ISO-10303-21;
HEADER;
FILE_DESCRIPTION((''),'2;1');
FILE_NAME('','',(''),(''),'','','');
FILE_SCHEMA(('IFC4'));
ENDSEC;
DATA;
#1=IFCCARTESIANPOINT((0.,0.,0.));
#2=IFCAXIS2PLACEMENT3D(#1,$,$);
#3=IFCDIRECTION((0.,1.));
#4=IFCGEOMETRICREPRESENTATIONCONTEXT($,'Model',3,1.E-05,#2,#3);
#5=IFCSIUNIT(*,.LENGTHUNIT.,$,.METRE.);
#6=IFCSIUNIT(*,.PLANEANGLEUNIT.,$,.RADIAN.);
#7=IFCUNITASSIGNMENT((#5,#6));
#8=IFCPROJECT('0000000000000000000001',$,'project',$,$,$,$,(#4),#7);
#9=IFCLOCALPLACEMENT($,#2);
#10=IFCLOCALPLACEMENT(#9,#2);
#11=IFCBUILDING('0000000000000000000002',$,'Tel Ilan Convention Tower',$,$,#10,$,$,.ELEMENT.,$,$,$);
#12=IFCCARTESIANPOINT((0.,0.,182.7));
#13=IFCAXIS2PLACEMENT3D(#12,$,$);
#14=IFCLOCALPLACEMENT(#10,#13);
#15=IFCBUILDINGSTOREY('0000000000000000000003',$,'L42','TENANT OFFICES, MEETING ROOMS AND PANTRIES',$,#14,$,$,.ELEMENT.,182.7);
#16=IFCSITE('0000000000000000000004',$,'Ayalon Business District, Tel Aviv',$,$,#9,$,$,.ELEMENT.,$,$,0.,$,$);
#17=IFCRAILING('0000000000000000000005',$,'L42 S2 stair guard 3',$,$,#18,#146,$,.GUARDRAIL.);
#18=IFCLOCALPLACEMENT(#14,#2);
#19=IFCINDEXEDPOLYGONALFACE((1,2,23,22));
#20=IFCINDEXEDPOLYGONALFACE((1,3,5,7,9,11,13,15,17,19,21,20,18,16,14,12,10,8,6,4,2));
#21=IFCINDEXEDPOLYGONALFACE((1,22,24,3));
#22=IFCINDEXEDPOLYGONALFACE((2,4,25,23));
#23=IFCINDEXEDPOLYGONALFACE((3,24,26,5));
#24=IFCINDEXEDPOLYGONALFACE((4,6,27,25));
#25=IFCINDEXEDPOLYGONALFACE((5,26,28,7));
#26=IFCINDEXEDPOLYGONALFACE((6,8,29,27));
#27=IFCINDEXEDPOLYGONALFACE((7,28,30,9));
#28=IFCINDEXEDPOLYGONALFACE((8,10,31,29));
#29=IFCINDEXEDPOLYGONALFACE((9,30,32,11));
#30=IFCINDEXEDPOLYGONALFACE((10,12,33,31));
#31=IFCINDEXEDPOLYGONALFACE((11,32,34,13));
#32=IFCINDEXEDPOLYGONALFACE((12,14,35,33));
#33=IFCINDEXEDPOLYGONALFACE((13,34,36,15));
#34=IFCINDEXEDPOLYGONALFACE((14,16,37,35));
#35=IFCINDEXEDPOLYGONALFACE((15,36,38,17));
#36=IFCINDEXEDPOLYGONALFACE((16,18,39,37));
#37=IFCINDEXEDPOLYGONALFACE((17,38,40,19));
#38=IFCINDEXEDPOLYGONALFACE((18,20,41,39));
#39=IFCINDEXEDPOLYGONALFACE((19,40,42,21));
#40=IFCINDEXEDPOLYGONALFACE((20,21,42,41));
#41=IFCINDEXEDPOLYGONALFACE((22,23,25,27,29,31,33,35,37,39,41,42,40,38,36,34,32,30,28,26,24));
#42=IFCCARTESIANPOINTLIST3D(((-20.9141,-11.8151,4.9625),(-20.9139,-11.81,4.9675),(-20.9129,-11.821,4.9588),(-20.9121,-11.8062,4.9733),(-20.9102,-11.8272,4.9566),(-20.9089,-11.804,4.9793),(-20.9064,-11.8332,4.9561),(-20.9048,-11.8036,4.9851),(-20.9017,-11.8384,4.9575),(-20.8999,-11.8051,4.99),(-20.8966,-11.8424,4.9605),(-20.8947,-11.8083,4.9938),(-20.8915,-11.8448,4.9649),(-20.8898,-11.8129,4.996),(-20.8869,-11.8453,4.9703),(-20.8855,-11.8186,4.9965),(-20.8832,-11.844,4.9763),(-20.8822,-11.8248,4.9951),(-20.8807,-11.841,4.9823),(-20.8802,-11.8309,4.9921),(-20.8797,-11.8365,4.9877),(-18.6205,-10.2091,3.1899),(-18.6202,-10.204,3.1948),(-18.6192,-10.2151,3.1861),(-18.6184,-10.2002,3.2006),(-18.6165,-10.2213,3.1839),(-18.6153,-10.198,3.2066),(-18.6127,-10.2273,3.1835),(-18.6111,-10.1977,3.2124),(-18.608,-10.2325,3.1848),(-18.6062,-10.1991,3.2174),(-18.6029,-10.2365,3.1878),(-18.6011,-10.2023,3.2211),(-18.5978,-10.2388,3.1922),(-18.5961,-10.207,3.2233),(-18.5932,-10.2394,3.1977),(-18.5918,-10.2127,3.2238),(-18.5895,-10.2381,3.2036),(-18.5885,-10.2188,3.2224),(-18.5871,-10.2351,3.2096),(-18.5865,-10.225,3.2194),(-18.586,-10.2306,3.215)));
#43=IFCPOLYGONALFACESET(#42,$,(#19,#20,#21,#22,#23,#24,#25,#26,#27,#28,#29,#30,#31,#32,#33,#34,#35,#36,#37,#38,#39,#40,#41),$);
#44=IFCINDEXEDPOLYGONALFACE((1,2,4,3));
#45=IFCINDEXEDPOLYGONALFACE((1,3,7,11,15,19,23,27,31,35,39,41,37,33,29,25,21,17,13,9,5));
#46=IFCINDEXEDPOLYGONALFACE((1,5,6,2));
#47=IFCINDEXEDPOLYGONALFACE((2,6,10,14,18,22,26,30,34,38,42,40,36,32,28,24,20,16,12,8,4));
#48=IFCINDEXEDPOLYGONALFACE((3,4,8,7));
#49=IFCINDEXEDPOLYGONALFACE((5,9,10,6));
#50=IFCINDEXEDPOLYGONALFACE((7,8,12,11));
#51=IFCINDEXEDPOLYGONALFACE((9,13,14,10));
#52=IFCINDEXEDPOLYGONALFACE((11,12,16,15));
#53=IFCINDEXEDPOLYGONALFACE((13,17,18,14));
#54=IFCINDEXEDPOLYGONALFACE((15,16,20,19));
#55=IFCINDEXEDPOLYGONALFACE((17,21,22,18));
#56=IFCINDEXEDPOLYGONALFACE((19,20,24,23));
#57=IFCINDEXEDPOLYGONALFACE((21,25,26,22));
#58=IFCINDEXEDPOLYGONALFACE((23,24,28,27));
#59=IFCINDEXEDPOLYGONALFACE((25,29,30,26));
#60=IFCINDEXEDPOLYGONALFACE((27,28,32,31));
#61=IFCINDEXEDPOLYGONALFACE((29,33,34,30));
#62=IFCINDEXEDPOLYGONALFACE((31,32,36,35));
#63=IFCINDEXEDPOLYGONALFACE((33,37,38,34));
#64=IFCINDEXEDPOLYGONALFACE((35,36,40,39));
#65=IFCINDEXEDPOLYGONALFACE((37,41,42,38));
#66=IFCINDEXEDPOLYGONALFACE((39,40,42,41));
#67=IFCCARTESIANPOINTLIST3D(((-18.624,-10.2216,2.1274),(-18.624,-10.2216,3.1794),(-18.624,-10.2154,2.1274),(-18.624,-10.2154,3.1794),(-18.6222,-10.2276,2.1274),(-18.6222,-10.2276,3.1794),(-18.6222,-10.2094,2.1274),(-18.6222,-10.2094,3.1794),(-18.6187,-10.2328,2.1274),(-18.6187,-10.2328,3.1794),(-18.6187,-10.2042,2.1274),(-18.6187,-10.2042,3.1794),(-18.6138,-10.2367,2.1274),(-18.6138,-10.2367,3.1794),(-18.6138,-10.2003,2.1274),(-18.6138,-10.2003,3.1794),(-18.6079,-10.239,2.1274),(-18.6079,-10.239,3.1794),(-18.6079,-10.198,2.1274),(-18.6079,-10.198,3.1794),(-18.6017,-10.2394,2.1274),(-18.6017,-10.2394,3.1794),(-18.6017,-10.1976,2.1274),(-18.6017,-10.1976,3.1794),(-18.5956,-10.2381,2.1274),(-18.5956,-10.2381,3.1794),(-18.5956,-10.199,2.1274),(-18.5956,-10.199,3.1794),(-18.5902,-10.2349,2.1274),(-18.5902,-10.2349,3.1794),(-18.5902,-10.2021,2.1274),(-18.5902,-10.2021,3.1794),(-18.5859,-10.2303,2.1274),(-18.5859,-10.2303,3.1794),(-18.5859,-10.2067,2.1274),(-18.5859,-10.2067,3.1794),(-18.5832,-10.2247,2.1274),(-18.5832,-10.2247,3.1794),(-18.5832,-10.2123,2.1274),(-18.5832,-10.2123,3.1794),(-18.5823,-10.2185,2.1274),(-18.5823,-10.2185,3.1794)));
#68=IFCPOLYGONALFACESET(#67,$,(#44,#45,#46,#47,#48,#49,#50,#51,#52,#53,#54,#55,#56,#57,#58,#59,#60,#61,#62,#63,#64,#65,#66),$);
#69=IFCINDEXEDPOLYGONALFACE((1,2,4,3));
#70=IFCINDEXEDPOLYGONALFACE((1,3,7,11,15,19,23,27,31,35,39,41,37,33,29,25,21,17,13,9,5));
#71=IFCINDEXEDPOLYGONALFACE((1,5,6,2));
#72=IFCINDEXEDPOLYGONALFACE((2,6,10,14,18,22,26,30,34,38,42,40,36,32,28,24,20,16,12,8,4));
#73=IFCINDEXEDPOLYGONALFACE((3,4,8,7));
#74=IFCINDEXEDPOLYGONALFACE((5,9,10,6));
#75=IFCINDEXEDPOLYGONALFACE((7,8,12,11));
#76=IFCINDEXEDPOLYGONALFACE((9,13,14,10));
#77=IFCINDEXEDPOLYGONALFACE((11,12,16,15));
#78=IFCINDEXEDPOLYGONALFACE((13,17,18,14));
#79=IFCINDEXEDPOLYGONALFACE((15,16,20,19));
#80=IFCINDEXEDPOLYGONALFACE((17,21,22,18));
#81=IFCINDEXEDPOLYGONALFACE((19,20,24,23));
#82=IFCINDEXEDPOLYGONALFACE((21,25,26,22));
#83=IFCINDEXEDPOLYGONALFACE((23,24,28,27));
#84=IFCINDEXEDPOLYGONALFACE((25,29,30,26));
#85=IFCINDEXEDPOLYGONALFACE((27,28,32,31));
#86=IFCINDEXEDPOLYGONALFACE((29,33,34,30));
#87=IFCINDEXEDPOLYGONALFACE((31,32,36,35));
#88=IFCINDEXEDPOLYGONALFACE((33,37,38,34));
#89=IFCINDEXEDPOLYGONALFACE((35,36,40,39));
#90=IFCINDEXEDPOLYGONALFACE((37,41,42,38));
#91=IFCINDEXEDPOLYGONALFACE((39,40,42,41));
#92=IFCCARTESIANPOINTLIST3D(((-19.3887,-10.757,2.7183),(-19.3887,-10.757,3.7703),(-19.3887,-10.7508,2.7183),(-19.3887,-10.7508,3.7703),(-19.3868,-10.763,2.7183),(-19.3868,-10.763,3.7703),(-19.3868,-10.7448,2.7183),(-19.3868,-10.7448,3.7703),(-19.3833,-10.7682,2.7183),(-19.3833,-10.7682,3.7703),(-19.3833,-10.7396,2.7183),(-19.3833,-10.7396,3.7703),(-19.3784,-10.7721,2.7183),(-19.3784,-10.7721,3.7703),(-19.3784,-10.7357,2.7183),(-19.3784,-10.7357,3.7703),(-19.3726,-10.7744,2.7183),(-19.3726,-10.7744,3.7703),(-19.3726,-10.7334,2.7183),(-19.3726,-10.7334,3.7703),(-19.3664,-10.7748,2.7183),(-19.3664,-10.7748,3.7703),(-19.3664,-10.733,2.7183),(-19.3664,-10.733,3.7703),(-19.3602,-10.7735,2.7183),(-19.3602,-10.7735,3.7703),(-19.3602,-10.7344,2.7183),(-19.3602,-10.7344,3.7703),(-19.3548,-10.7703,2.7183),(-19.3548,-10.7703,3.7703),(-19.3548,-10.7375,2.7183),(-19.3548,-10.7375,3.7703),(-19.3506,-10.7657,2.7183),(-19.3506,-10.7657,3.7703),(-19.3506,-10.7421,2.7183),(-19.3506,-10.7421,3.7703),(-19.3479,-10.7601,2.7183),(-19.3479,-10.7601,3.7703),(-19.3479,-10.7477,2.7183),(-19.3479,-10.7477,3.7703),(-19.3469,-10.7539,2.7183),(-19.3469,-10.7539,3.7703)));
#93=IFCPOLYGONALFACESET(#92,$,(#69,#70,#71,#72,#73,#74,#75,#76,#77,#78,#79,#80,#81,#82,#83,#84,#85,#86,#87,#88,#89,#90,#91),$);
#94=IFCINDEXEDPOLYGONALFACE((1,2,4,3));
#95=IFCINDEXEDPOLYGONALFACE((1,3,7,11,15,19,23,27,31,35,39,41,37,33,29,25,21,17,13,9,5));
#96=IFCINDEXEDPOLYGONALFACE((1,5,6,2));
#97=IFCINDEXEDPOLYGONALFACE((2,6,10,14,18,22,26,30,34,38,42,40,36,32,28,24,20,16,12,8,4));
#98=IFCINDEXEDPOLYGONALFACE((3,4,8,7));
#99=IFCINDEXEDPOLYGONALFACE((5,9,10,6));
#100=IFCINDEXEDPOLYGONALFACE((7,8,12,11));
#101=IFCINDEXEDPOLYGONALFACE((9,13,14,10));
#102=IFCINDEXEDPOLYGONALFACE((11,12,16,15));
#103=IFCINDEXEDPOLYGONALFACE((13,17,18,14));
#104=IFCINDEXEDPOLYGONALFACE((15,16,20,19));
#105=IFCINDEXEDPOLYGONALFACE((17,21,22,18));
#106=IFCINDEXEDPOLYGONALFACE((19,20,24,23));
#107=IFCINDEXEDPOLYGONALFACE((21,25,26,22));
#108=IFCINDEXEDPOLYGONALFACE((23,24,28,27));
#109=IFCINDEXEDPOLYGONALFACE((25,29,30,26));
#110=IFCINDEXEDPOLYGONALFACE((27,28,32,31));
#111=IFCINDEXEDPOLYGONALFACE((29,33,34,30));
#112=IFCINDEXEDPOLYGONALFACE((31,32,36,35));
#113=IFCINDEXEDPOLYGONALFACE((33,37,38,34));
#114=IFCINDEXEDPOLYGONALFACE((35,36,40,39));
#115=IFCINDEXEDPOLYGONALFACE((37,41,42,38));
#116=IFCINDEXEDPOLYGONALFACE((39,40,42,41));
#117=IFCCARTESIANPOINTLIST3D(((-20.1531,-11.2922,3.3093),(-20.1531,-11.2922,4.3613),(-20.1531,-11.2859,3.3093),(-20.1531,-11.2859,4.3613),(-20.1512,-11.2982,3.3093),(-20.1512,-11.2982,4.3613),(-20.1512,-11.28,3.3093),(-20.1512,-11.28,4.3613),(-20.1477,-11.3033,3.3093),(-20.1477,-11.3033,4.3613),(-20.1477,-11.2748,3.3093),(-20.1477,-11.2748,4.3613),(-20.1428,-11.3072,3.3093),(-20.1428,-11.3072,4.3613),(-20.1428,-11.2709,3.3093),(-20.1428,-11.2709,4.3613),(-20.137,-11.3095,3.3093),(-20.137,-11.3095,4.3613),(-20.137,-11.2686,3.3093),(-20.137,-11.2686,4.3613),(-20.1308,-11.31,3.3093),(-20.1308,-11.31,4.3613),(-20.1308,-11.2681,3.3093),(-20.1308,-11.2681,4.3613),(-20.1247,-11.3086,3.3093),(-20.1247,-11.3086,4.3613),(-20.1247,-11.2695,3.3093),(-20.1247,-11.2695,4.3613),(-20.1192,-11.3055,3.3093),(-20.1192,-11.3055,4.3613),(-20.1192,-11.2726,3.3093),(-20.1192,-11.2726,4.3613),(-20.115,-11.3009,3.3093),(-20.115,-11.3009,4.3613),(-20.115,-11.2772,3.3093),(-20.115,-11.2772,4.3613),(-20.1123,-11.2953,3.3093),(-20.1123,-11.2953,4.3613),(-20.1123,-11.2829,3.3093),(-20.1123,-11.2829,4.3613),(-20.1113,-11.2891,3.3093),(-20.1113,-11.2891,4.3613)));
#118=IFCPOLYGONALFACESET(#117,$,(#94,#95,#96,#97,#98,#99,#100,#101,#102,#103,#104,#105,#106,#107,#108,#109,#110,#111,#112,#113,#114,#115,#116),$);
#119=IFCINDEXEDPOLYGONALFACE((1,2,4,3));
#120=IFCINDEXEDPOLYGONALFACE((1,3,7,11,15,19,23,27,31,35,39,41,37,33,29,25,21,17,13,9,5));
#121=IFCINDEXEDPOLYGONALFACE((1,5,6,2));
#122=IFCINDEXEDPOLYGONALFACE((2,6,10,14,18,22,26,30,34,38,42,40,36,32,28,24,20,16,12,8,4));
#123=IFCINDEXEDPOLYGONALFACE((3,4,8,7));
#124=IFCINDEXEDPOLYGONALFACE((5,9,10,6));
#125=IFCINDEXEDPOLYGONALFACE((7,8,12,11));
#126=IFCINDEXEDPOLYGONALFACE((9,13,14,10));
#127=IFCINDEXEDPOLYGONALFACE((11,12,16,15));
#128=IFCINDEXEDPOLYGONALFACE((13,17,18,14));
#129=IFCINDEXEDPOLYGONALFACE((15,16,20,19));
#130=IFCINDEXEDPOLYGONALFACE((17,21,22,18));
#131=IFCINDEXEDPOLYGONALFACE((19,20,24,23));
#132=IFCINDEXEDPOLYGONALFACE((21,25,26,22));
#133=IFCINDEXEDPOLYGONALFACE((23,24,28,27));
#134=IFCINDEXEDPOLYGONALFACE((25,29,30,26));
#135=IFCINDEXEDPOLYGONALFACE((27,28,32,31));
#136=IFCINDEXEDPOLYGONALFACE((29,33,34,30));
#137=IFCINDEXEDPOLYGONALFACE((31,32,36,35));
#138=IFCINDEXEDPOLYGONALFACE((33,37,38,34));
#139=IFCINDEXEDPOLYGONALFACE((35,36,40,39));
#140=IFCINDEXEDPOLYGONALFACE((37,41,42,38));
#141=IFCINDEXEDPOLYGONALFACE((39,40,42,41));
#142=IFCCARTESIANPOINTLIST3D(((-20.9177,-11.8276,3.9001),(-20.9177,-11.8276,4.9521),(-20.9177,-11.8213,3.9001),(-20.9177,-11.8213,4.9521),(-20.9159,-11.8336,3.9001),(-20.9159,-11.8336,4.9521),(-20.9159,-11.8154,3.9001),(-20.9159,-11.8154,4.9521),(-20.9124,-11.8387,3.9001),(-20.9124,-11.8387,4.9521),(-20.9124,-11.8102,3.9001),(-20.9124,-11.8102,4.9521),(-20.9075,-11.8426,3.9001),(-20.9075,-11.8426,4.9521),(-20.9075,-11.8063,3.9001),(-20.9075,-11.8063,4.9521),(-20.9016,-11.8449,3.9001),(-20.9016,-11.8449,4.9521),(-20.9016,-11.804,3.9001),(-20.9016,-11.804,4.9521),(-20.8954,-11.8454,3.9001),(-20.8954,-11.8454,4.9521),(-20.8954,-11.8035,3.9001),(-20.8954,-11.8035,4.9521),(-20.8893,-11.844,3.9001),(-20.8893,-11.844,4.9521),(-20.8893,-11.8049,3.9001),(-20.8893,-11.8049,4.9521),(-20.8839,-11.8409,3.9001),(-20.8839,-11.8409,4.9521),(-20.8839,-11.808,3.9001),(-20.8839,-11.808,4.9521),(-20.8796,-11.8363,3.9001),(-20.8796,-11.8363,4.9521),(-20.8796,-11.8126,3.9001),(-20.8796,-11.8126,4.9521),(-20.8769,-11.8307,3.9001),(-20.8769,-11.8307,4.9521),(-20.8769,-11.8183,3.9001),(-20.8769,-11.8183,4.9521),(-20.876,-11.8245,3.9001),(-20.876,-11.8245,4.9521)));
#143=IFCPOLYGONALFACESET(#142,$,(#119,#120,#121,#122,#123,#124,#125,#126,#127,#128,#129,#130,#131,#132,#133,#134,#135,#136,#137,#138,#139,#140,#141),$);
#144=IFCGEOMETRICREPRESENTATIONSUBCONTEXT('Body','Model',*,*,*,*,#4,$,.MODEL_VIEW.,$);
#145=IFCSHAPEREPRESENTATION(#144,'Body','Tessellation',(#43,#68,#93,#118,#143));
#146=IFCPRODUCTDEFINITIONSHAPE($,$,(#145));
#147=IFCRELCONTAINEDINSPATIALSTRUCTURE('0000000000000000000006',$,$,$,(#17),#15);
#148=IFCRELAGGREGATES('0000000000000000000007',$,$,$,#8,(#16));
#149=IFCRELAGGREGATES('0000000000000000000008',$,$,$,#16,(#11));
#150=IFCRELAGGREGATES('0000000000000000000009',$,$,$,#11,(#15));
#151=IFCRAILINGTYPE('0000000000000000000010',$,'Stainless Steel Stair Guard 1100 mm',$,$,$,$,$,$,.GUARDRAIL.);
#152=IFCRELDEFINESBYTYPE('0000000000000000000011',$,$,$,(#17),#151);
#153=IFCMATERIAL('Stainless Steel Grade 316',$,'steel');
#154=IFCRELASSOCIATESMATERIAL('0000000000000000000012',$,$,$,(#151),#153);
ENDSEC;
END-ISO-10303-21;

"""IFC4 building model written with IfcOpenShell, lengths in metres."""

from ifc_helpers import new_model, si_unit, direction, frame, origin, origin_2d, place, context, subcontext, project, spatial, circle, extrude, material, type_object, element, save


model = new_model("IFC4")

# Units and contexts
model_context = context("Model", 3, precision=1e-05, world=origin(), true_north=direction((0.0, 1.0)))
body_context = subcontext(model_context, "Body", "Model", "MODEL_VIEW")
ifc_project = project(units=[si_unit("LENGTHUNIT", "METRE"), si_unit("PLANEANGLEUNIT", "RADIAN")], contexts=[model_context])

# Site, building, storey
site_placement = place(None, origin())
site = spatial("IfcSite", under=ifc_project, at=site_placement, Name="Ayalon Business District, Tel Aviv", CompositionType="ELEMENT", RefElevation=0.0)
building_placement = place(site_placement, origin())
building = spatial("IfcBuilding", under=site, at=building_placement, Name="Tel Ilan Convention Tower", CompositionType="ELEMENT")
storey_placement = place(building_placement, frame((0.0, 0.0, 182.7)))
storey = spatial("IfcBuildingStorey", under=building, at=storey_placement, Name="L42", Description="TENANT OFFICES, MEETING ROOMS AND PANTRIES", CompositionType="ELEMENT", Elevation=182.7)

# Railing
ifc_material_1 = material(Name="Stainless Steel Grade 316", Category="steel")
railing_type_1 = type_object("IfcRailingType", Name="Stainless Steel Stair Guard 1100 mm", PredefinedType="GUARDRAIL", material=ifc_material_1)
railing_1_placement = place(storey_placement, frame((-18.6033, -10.2185, 2.1274)))
element("IfcRailing", 1, at=railing_1_placement, inside=storey, type_object=railing_type_1, Name="L42 S2 stair guard 3", PredefinedType="GUARDRAIL", context=body_context, shape_type="SweptSolid", body=[
    extrude(circle(Radius=0.0239, at=origin_2d()), frame((0.0, 0.0, 1.0762), z_axis=(-0.692123, -0.484597, 0.534913), x_axis=(0.57355, -0.81917, 0.0)), (0.0, 0.0, 1.0), 3.314),
    extrude(circle(Radius=0.021, at=origin_2d()), origin(), (0.0, 0.0, 1.0), 1.052),
    extrude(circle(Radius=0.021, at=origin_2d()), frame((-0.7646, -0.5354, 0.5908)), (0.0, 0.0, 1.0), 1.052),
    extrude(circle(Radius=0.021, at=origin_2d()), frame((-1.5291, -1.0706, 1.1819)), (0.0, 0.0, 1.0), 1.052),
    extrude(circle(Radius=0.021, at=origin_2d()), frame((-2.2937, -1.606, 1.7727)), (0.0, 0.0, 1.0), 1.052),
])

save(model, "model.ifc")
